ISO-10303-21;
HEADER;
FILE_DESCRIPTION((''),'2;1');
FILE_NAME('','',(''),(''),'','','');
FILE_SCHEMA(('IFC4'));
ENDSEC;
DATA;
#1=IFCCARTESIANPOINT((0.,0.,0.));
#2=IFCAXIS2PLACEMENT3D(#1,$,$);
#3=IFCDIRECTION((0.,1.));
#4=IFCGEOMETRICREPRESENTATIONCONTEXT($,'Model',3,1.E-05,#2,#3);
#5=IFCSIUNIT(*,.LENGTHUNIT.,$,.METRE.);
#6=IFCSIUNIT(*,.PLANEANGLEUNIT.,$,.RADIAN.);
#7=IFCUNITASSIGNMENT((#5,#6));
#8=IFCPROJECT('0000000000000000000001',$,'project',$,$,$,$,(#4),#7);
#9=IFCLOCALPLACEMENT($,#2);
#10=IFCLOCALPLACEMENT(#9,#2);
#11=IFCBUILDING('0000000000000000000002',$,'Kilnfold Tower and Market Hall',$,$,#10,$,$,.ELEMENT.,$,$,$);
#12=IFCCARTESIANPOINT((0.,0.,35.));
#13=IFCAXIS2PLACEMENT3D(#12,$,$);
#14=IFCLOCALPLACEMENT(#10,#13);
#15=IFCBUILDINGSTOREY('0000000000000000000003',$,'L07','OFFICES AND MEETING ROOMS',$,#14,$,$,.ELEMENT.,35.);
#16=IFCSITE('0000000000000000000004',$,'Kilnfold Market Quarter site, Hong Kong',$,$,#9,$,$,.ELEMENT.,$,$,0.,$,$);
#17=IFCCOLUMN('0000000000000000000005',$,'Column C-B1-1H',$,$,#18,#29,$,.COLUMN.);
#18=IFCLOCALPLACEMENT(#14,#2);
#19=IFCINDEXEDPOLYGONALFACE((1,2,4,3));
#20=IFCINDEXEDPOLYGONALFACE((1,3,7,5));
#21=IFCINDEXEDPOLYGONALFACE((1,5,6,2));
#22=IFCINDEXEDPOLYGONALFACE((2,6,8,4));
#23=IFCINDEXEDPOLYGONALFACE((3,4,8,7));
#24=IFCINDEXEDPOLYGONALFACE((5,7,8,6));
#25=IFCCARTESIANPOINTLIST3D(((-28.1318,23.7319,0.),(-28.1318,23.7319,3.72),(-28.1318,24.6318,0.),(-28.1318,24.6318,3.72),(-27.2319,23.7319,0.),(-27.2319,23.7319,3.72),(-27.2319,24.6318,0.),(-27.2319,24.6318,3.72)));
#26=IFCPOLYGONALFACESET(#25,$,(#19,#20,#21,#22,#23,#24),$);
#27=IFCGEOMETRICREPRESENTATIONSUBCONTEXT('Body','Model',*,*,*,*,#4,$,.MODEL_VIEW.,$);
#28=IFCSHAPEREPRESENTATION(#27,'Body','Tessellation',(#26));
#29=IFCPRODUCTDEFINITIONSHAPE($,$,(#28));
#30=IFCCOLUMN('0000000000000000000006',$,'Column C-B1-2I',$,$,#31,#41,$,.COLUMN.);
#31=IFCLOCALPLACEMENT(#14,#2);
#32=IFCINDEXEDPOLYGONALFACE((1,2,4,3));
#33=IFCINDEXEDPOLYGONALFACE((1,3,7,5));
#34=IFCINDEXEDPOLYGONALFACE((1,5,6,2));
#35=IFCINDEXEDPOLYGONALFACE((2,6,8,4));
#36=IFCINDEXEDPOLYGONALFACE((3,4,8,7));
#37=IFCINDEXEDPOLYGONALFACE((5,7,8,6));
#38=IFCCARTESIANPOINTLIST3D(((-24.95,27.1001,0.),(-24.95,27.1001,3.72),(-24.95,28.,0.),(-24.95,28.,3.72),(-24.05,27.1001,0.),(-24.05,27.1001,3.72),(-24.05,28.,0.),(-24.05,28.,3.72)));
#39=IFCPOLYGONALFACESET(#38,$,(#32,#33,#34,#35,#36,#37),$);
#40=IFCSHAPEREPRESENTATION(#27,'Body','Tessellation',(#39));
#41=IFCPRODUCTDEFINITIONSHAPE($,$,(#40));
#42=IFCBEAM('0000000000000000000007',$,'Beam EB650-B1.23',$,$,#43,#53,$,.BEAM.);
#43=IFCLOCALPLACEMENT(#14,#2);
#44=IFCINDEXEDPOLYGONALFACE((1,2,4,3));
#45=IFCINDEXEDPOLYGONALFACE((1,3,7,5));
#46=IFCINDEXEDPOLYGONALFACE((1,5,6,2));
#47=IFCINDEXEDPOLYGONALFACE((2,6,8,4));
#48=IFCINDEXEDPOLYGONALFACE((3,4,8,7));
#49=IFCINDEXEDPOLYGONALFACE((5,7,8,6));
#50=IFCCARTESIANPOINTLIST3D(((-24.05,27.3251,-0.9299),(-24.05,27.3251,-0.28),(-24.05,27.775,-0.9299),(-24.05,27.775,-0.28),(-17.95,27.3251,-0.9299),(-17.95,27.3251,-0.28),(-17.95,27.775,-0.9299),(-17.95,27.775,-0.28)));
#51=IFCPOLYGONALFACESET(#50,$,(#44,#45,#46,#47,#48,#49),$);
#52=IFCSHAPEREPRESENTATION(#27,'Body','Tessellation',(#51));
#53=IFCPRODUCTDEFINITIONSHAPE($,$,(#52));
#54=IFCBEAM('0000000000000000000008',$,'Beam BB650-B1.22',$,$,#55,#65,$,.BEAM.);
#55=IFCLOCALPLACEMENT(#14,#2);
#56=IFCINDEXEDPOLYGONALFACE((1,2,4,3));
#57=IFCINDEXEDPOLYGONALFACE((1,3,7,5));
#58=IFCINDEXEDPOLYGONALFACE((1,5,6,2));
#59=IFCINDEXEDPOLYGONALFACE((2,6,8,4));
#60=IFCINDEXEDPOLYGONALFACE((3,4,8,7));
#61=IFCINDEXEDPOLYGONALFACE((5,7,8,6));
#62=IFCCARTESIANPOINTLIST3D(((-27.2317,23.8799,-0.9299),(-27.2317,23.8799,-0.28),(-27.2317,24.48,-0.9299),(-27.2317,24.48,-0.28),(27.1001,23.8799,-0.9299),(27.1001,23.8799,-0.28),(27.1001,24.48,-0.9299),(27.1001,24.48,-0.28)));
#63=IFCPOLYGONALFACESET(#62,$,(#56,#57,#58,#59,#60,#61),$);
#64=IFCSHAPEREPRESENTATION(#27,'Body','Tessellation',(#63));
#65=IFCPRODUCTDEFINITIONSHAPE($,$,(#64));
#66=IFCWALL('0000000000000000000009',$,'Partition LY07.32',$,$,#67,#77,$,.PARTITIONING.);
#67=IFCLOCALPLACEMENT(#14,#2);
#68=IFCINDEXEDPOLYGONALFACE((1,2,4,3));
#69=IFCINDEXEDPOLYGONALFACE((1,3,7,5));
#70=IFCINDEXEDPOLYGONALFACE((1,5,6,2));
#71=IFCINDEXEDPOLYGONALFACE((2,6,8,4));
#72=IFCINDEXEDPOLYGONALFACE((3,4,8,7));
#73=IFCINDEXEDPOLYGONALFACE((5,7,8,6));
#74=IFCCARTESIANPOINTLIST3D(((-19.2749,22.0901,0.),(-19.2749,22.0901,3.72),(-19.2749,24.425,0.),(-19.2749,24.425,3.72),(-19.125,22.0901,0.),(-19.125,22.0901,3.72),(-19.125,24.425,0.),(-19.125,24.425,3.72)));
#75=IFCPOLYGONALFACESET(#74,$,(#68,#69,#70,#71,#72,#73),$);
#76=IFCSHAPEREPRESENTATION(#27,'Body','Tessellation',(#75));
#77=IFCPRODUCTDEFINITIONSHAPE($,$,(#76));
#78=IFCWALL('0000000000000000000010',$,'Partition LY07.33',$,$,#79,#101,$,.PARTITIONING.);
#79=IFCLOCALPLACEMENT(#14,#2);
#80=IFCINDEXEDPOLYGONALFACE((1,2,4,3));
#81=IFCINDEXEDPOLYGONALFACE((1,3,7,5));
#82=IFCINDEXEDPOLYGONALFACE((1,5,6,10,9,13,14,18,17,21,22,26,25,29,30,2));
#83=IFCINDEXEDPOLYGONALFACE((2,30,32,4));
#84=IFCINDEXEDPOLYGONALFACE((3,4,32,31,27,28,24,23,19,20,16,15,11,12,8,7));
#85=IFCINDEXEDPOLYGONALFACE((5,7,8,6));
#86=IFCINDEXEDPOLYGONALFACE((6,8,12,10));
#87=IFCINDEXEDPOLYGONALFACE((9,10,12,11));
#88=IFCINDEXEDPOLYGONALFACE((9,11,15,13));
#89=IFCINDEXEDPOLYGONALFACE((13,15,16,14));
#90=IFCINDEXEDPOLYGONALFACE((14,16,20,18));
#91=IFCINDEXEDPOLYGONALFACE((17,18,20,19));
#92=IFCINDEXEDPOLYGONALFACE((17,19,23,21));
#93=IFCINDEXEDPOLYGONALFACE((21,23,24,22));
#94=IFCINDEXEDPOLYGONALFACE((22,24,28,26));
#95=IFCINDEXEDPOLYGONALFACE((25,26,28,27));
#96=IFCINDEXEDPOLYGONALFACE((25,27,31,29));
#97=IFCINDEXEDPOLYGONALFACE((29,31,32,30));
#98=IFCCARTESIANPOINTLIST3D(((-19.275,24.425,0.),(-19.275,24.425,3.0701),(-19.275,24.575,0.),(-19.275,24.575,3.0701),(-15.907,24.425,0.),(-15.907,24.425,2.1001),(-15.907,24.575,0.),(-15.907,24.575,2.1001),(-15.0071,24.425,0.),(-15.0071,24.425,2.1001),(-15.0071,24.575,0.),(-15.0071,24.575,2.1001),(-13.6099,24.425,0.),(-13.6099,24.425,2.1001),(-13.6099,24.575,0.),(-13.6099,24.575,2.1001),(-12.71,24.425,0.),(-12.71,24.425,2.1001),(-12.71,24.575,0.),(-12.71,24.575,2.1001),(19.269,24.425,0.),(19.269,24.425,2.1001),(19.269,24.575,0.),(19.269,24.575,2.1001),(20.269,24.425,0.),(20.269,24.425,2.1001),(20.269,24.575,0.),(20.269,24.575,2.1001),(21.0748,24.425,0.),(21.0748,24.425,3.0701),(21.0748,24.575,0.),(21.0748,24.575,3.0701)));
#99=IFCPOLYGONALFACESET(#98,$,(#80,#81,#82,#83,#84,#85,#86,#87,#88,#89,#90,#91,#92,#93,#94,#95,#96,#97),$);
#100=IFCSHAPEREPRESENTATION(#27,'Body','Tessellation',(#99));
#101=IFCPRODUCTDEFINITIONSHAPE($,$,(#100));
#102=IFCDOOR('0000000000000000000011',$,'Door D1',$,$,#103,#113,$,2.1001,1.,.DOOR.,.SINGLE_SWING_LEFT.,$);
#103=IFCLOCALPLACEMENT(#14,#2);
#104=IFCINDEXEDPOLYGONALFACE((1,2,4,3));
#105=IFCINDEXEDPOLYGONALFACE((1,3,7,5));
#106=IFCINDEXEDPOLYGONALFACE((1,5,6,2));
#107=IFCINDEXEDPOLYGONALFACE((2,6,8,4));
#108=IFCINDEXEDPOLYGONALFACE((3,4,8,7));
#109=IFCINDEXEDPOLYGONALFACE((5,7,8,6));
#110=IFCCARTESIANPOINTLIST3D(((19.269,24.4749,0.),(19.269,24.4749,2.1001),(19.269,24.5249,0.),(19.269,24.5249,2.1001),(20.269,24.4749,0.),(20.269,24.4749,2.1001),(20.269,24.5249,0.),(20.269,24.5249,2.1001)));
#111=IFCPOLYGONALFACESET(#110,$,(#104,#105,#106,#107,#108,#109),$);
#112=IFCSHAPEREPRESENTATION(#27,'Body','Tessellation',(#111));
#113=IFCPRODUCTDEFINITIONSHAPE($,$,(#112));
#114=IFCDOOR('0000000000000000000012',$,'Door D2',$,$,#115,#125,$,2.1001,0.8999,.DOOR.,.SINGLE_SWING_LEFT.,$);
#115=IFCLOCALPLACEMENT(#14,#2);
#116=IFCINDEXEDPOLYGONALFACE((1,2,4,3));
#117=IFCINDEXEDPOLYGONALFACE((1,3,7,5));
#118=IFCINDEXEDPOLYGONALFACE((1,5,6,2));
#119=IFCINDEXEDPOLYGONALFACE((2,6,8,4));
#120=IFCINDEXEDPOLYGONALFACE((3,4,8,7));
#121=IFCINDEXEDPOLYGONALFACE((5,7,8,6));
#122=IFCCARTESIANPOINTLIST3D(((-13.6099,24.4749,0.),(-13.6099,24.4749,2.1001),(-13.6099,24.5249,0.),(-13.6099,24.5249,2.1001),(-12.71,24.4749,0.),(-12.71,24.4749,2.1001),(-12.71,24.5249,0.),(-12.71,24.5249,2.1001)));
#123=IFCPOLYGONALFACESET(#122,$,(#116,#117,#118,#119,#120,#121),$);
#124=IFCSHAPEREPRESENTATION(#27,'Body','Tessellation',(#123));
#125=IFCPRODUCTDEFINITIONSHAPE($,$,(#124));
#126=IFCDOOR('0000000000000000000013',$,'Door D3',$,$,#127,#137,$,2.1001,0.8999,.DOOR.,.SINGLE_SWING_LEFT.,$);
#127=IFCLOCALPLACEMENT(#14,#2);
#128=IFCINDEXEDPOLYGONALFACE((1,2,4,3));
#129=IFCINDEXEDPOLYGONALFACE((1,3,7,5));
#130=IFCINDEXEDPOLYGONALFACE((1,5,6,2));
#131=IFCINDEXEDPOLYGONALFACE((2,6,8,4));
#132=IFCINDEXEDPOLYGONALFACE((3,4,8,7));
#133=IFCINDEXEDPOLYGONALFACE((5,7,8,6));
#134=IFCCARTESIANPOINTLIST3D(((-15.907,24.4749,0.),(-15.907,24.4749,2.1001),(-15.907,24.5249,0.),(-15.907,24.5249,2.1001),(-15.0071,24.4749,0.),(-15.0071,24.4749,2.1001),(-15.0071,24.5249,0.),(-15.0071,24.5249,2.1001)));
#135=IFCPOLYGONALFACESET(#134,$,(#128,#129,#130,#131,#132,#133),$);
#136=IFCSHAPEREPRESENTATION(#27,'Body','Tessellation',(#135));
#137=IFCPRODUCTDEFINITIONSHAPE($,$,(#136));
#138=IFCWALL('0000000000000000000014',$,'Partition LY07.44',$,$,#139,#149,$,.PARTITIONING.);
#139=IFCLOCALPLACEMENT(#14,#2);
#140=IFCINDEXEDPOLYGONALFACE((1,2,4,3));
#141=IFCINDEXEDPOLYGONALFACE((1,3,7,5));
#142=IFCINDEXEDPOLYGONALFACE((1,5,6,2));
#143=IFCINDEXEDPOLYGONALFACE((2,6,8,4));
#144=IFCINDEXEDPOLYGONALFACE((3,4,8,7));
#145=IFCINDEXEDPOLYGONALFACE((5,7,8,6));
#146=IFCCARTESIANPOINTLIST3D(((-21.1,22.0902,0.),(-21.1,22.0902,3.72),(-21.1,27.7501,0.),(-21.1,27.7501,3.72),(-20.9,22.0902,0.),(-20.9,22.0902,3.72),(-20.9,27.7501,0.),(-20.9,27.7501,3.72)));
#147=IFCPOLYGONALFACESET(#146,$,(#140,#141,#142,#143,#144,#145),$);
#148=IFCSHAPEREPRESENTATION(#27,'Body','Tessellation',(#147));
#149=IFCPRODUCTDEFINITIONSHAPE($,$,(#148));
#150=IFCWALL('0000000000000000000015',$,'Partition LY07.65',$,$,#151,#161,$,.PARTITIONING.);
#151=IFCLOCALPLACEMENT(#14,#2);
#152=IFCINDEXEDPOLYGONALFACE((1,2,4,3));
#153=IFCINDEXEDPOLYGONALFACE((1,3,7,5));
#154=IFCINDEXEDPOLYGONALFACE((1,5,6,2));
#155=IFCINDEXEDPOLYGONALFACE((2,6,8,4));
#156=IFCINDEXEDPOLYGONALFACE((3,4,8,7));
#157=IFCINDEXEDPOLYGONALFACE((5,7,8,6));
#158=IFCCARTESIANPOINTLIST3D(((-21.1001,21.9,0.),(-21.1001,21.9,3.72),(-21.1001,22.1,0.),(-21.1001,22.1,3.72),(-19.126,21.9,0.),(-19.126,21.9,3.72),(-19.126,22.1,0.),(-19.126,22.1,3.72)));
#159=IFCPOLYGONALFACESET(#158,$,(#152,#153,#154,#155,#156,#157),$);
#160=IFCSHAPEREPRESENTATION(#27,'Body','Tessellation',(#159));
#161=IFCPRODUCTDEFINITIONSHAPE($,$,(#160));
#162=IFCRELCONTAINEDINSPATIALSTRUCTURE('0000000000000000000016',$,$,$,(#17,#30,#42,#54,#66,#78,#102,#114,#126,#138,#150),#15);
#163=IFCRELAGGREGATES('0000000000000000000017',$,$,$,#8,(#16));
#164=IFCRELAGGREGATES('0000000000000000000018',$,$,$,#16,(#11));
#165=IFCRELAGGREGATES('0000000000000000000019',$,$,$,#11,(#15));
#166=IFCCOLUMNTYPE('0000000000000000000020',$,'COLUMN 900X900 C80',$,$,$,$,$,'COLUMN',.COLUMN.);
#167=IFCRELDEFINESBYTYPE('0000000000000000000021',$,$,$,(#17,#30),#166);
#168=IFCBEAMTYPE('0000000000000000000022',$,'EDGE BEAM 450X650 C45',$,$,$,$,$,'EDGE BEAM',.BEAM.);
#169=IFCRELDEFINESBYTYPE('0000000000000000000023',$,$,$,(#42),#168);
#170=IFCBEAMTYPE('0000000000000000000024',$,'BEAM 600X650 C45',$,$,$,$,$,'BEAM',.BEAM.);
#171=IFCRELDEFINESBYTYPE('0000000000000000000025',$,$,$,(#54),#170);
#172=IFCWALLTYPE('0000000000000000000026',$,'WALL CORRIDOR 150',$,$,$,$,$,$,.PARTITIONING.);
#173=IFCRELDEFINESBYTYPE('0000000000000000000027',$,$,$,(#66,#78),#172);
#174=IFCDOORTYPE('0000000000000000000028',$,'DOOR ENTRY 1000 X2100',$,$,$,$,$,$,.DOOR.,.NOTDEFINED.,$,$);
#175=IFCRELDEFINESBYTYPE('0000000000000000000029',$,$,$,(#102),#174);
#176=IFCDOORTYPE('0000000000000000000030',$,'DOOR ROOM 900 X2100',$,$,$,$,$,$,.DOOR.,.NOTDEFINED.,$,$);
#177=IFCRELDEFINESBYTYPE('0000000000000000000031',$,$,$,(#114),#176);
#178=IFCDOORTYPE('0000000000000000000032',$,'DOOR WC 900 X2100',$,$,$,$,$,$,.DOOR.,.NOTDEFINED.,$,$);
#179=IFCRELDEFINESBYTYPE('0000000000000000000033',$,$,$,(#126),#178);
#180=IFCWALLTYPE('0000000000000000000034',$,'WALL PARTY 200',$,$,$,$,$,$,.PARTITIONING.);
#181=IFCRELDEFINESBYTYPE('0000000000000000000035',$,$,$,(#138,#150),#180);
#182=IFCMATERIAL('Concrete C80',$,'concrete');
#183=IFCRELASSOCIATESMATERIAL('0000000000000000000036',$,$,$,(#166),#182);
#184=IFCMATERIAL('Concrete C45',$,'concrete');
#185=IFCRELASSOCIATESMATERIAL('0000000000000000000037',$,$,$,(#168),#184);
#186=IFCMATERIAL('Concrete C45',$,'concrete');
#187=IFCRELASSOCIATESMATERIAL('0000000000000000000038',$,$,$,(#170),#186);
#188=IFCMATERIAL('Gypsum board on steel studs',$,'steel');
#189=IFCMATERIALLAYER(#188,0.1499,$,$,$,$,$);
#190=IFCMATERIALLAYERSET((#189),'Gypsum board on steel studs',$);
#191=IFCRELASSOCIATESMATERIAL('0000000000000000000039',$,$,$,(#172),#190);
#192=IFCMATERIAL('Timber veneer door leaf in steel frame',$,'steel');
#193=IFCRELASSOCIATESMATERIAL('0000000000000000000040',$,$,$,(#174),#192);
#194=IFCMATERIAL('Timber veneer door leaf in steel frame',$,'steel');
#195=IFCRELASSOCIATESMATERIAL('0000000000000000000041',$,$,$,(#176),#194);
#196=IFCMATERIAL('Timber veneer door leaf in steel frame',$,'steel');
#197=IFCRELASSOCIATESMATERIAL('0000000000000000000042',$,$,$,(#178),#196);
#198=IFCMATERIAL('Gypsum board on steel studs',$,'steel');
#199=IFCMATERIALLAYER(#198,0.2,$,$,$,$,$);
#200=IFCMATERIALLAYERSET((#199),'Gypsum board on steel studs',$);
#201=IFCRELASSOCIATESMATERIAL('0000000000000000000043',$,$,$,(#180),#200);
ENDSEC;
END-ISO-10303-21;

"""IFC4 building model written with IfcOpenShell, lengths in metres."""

from ifc_helpers import new_model, si_unit, direction, frame, frame_2d, origin, origin_2d, place, context, subcontext, project, spatial, rectangle, extrude, source, transform, mapped, material, layer, layer_set, material_profile, profile_set, type_object, element, fill, save


model = new_model("IFC4")

# Units and contexts
model_context = context("Model", 3, precision=1e-05, world=origin(), true_north=direction((0.0, 1.0)))
body_context = subcontext(model_context, "Body", "Model", "MODEL_VIEW")
ifc_project = project(units=[si_unit("LENGTHUNIT", "METRE"), si_unit("PLANEANGLEUNIT", "RADIAN")], contexts=[model_context])

# Site, building, storey
site_placement = place(None, origin())
site = spatial("IfcSite", under=ifc_project, at=site_placement, Name="Kilnfold Market Quarter site, Hong Kong", CompositionType="ELEMENT", RefElevation=0.0)
building_placement = place(site_placement, origin())
building = spatial("IfcBuilding", under=site, at=building_placement, Name="Kilnfold Tower and Market Hall", CompositionType="ELEMENT")
storey_placement = place(building_placement, frame((0.0, 0.0, 35.0)))
storey = spatial("IfcBuildingStorey", under=building, at=storey_placement, Name="L07", Description="OFFICES AND MEETING ROOMS", CompositionType="ELEMENT", Elevation=35.0)

# Columns
ifc_material_1 = material(Name="Concrete C80", Category="concrete")
ifc_material_profile_1 = material_profile(ifc_material_1, rectangle(XDim=0.8999, YDim=0.8999, at=origin_2d()), Name="RC 900x900")
ifc_profile_set_1 = profile_set([ifc_material_profile_1], Name="Concrete C80")
column_type = type_object("IfcColumnType", Name="COLUMN 900X900 C80", ElementType="COLUMN", PredefinedType="COLUMN", material=ifc_profile_set_1)
shared_shape_1 = source(origin(), body_context, "Body", "SweptSolid", [
    extrude(rectangle(XDim=0.8999, YDim=0.8999, at=origin_2d()), origin(), (0.0, 0.0, 1.0), 3.72),
])
for number, where, z_axis, x_axis, name in (
    (1, (-27.6819, 24.1819, 0.0), (0.0, 0.0, 1.0), (1.0, 0.0, 0.0), "Column C-B1-1H"),
    (2, (-24.5, 27.55, 0.0), (0.0, 0.0, 1.0), (1.0, 0.0, 0.0), "Column C-B1-2I"),
):
    element("IfcColumn", number, at=place(storey_placement, frame(where, z_axis=z_axis, x_axis=x_axis)), inside=storey, type_object=column_type, Name=name, PredefinedType="COLUMN", context=body_context, shape_type="MappedRepresentation", body=[
        mapped(shared_shape_1, transform((0.0, 0.0, 0.0))),
    ])

# Beams
ifc_material_2 = material(Name="Concrete C45", Category="concrete")
ifc_material_profile_2 = material_profile(ifc_material_2, rectangle(XDim=0.45, YDim=0.6499, at=origin_2d()), Name="RC 450x650")
ifc_profile_set_2 = profile_set([ifc_material_profile_2], Name="Concrete C45")
beam_type_1 = type_object("IfcBeamType", Name="EDGE BEAM 450X650 C45", ElementType="EDGE BEAM", PredefinedType="BEAM", material=ifc_profile_set_2)
shared_shape_2 = source(origin(), body_context, "Body", "SweptSolid", [
    extrude(rectangle(XDim=0.45, YDim=0.6499, at=origin_2d()), origin(), (0.0, 0.0, 1.0), 6.1001),
])
beam_1_placement = place(storey_placement, frame((-24.05, 27.55, -0.605), z_axis=(1.0, 0.0, 0.0), x_axis=(0.0, 1.0, 0.0)))
element("IfcBeam", 3, at=beam_1_placement, inside=storey, type_object=beam_type_1, Name="Beam EB650-B1.23", PredefinedType="BEAM", context=body_context, shape_type="MappedRepresentation", body=[
    mapped(shared_shape_2, transform((0.0, 0.0, 0.0))),
])
ifc_material_3 = material(Name="Concrete C45", Category="concrete")
ifc_material_profile_3 = material_profile(ifc_material_3, rectangle(XDim=0.6001, YDim=0.6499, at=origin_2d()), Name="RC 600x650")
ifc_profile_set_3 = profile_set([ifc_material_profile_3], Name="Concrete C45")
beam_type_2 = type_object("IfcBeamType", Name="BEAM 600X650 C45", ElementType="BEAM", PredefinedType="BEAM", material=ifc_profile_set_3)
shared_shape_3 = source(origin(), body_context, "Body", "SweptSolid", [
    extrude(rectangle(XDim=0.6001, YDim=0.6499, at=origin_2d()), origin(), (0.0, 0.0, 1.0), 54.3318),
])
beam_2_placement = place(storey_placement, frame((-27.2317, 24.1799, -0.605), z_axis=(1.0, 0.0, 0.0), x_axis=(0.0, 1.0, 0.0)))
element("IfcBeam", 4, at=beam_2_placement, inside=storey, type_object=beam_type_2, Name="Beam BB650-B1.22", PredefinedType="BEAM", context=body_context, shape_type="MappedRepresentation", body=[
    mapped(shared_shape_3, transform((0.0, 0.0, 0.0))),
])

# Wall
ifc_material_4 = material(Name="Gypsum board on steel studs", Category="steel")
ifc_layer_1 = layer(ifc_material_4, 0.1499)
ifc_layer_set_1 = layer_set([ifc_layer_1], Name="Gypsum board on steel studs")
wall_type_1 = type_object("IfcWallType", Name="WALL CORRIDOR 150", PredefinedType="PARTITIONING", material=ifc_layer_set_1)
wall_1_placement = place(storey_placement, frame((-19.2, 22.0901, 0.0), z_axis=(0.0, 0.0, 1.0), x_axis=(0.0, 1.0, 0.0)))
element("IfcWall", 5, at=wall_1_placement, inside=storey, type_object=wall_type_1, Name="Partition LY07.32", PredefinedType="PARTITIONING", context=body_context, shape_type="SweptSolid", body=[
    extrude(rectangle(XDim=2.335, YDim=0.1499, at=frame_2d((1.1675, 0.0))), origin(), (0.0, 0.0, 1.0), 3.72),
])

# Wall, openings, doors
wall_2_placement = place(storey_placement, frame((-19.2749, 24.5, 0.0), z_axis=(0.0, 0.0, 1.0), x_axis=(1.0, 0.0, 0.0)))
wall_2 = element("IfcWall", 6, at=wall_2_placement, inside=storey, type_object=wall_type_1, Name="Partition LY07.33", PredefinedType="PARTITIONING", context=body_context, shape_type="SweptSolid", body=[
    extrude(rectangle(XDim=40.3499, YDim=0.1499, at=frame_2d((20.1748, 0.0))), origin(), (0.0, 0.0, 1.0), 3.0701),
])
opening_1_placement = place(wall_2_placement, frame((3.3679, 0.0, 0.0)))
opening_1 = element("IfcOpeningElement", 7, at=opening_1_placement, cuts=wall_2, PredefinedType="OPENING", context=body_context, shape_type="SweptSolid", body=[
    extrude(rectangle(XDim=0.8999, YDim=2.1001, at=frame_2d((0.45, 1.05))), frame((0.0, 0.085, 0.0), z_axis=(0.0, -1.0, 0.0), x_axis=(1.0, 0.0, 0.0)), (0.0, 0.0, 1.0), 0.1699),
])
opening_2_placement = place(wall_2_placement, frame((5.665, 0.0, 0.0)))
opening_2 = element("IfcOpeningElement", 8, at=opening_2_placement, cuts=wall_2, PredefinedType="OPENING", context=body_context, shape_type="SweptSolid", body=[
    extrude(rectangle(XDim=0.8999, YDim=2.1001, at=frame_2d((0.45, 1.05))), frame((0.0, 0.085, 0.0), z_axis=(0.0, -1.0, 0.0), x_axis=(1.0, 0.0, 0.0)), (0.0, 0.0, 1.0), 0.1699),
])
opening_3_placement = place(wall_2_placement, frame((38.5439, 0.0, 0.0)))
opening_3 = element("IfcOpeningElement", 9, at=opening_3_placement, cuts=wall_2, PredefinedType="OPENING", context=body_context, shape_type="SweptSolid", body=[
    extrude(rectangle(XDim=1.0, YDim=2.1001, at=frame_2d((0.5, 1.05))), frame((0.0, 0.085, 0.0), z_axis=(0.0, -1.0, 0.0), x_axis=(1.0, 0.0, 0.0)), (0.0, 0.0, 1.0), 0.1699),
])
ifc_material_5 = material(Name="Timber veneer door leaf in steel frame", Category="steel")
door_type_1 = type_object("IfcDoorType", Name="DOOR ENTRY 1000 X2100", OperationType="NOTDEFINED", PredefinedType="DOOR", material=ifc_material_5)
door_1_placement = place(opening_3_placement, origin())
door_1 = element("IfcDoor", 10, at=door_1_placement, inside=storey, type_object=door_type_1, Name="Door D1", OperationType="SINGLE_SWING_LEFT", OverallHeight=2.1001, OverallWidth=1.0, PredefinedType="DOOR", context=body_context, shape_type="SweptSolid", body=[
    extrude(rectangle(XDim=1.0, YDim=2.1001, at=frame_2d((0.5, 1.05))), frame((0.0, 0.0249, 0.0), z_axis=(0.0, -1.0, 0.0), x_axis=(1.0, 0.0, 0.0)), (0.0, 0.0, 1.0), 0.05),
])
fill(opening_3, door_1)
ifc_material_6 = material(Name="Timber veneer door leaf in steel frame", Category="steel")
door_type_2 = type_object("IfcDoorType", Name="DOOR ROOM 900 X2100", OperationType="NOTDEFINED", PredefinedType="DOOR", material=ifc_material_6)
door_2_placement = place(opening_2_placement, origin())
door_2 = element("IfcDoor", 11, at=door_2_placement, inside=storey, type_object=door_type_2, Name="Door D2", OperationType="SINGLE_SWING_LEFT", OverallHeight=2.1001, OverallWidth=0.8999, PredefinedType="DOOR", context=body_context, shape_type="SweptSolid", body=[
    extrude(rectangle(XDim=0.8999, YDim=2.1001, at=frame_2d((0.45, 1.05))), frame((0.0, 0.0249, 0.0), z_axis=(0.0, -1.0, 0.0), x_axis=(1.0, 0.0, 0.0)), (0.0, 0.0, 1.0), 0.05),
])
fill(opening_2, door_2)
ifc_material_7 = material(Name="Timber veneer door leaf in steel frame", Category="steel")
door_type_3 = type_object("IfcDoorType", Name="DOOR WC 900 X2100", OperationType="NOTDEFINED", PredefinedType="DOOR", material=ifc_material_7)
door_3_placement = place(opening_1_placement, origin())
door_3 = element("IfcDoor", 12, at=door_3_placement, inside=storey, type_object=door_type_3, Name="Door D3", OperationType="SINGLE_SWING_LEFT", OverallHeight=2.1001, OverallWidth=0.8999, PredefinedType="DOOR", context=body_context, shape_type="SweptSolid", body=[
    extrude(rectangle(XDim=0.8999, YDim=2.1001, at=frame_2d((0.45, 1.05))), frame((0.0, 0.0249, 0.0), z_axis=(0.0, -1.0, 0.0), x_axis=(1.0, 0.0, 0.0)), (0.0, 0.0, 1.0), 0.05),
])
fill(opening_1, door_3)

# Walls
ifc_material_8 = material(Name="Gypsum board on steel studs", Category="steel")
ifc_layer_2 = layer(ifc_material_8, 0.2)
ifc_layer_set_2 = layer_set([ifc_layer_2], Name="Gypsum board on steel studs")
wall_type_2 = type_object("IfcWallType", Name="WALL PARTY 200", PredefinedType="PARTITIONING", material=ifc_layer_set_2)
wall_3_placement = place(storey_placement, frame((-21.0, 22.0901, 0.0), z_axis=(0.0, 0.0, 1.0), x_axis=(0.0, 1.0, 0.0)))
element("IfcWall", 13, at=wall_3_placement, inside=storey, type_object=wall_type_2, Name="Partition LY07.44", PredefinedType="PARTITIONING", context=body_context, shape_type="SweptSolid", body=[
    extrude(rectangle(XDim=5.6599, YDim=0.2, at=frame_2d((2.8301, 0.0))), origin(), (0.0, 0.0, 1.0), 3.72),
])
wall_4_placement = place(storey_placement, frame((-21.1001, 22.0, 0.0), z_axis=(0.0, 0.0, 1.0), x_axis=(1.0, 0.0, 0.0)))
element("IfcWall", 14, at=wall_4_placement, inside=storey, type_object=wall_type_2, Name="Partition LY07.65", PredefinedType="PARTITIONING", context=body_context, shape_type="SweptSolid", body=[
    extrude(rectangle(XDim=1.9741, YDim=0.2, at=frame_2d((0.9871, 0.0))), origin(), (0.0, 0.0, 1.0), 3.72),
])

save(model, "model.ifc")
